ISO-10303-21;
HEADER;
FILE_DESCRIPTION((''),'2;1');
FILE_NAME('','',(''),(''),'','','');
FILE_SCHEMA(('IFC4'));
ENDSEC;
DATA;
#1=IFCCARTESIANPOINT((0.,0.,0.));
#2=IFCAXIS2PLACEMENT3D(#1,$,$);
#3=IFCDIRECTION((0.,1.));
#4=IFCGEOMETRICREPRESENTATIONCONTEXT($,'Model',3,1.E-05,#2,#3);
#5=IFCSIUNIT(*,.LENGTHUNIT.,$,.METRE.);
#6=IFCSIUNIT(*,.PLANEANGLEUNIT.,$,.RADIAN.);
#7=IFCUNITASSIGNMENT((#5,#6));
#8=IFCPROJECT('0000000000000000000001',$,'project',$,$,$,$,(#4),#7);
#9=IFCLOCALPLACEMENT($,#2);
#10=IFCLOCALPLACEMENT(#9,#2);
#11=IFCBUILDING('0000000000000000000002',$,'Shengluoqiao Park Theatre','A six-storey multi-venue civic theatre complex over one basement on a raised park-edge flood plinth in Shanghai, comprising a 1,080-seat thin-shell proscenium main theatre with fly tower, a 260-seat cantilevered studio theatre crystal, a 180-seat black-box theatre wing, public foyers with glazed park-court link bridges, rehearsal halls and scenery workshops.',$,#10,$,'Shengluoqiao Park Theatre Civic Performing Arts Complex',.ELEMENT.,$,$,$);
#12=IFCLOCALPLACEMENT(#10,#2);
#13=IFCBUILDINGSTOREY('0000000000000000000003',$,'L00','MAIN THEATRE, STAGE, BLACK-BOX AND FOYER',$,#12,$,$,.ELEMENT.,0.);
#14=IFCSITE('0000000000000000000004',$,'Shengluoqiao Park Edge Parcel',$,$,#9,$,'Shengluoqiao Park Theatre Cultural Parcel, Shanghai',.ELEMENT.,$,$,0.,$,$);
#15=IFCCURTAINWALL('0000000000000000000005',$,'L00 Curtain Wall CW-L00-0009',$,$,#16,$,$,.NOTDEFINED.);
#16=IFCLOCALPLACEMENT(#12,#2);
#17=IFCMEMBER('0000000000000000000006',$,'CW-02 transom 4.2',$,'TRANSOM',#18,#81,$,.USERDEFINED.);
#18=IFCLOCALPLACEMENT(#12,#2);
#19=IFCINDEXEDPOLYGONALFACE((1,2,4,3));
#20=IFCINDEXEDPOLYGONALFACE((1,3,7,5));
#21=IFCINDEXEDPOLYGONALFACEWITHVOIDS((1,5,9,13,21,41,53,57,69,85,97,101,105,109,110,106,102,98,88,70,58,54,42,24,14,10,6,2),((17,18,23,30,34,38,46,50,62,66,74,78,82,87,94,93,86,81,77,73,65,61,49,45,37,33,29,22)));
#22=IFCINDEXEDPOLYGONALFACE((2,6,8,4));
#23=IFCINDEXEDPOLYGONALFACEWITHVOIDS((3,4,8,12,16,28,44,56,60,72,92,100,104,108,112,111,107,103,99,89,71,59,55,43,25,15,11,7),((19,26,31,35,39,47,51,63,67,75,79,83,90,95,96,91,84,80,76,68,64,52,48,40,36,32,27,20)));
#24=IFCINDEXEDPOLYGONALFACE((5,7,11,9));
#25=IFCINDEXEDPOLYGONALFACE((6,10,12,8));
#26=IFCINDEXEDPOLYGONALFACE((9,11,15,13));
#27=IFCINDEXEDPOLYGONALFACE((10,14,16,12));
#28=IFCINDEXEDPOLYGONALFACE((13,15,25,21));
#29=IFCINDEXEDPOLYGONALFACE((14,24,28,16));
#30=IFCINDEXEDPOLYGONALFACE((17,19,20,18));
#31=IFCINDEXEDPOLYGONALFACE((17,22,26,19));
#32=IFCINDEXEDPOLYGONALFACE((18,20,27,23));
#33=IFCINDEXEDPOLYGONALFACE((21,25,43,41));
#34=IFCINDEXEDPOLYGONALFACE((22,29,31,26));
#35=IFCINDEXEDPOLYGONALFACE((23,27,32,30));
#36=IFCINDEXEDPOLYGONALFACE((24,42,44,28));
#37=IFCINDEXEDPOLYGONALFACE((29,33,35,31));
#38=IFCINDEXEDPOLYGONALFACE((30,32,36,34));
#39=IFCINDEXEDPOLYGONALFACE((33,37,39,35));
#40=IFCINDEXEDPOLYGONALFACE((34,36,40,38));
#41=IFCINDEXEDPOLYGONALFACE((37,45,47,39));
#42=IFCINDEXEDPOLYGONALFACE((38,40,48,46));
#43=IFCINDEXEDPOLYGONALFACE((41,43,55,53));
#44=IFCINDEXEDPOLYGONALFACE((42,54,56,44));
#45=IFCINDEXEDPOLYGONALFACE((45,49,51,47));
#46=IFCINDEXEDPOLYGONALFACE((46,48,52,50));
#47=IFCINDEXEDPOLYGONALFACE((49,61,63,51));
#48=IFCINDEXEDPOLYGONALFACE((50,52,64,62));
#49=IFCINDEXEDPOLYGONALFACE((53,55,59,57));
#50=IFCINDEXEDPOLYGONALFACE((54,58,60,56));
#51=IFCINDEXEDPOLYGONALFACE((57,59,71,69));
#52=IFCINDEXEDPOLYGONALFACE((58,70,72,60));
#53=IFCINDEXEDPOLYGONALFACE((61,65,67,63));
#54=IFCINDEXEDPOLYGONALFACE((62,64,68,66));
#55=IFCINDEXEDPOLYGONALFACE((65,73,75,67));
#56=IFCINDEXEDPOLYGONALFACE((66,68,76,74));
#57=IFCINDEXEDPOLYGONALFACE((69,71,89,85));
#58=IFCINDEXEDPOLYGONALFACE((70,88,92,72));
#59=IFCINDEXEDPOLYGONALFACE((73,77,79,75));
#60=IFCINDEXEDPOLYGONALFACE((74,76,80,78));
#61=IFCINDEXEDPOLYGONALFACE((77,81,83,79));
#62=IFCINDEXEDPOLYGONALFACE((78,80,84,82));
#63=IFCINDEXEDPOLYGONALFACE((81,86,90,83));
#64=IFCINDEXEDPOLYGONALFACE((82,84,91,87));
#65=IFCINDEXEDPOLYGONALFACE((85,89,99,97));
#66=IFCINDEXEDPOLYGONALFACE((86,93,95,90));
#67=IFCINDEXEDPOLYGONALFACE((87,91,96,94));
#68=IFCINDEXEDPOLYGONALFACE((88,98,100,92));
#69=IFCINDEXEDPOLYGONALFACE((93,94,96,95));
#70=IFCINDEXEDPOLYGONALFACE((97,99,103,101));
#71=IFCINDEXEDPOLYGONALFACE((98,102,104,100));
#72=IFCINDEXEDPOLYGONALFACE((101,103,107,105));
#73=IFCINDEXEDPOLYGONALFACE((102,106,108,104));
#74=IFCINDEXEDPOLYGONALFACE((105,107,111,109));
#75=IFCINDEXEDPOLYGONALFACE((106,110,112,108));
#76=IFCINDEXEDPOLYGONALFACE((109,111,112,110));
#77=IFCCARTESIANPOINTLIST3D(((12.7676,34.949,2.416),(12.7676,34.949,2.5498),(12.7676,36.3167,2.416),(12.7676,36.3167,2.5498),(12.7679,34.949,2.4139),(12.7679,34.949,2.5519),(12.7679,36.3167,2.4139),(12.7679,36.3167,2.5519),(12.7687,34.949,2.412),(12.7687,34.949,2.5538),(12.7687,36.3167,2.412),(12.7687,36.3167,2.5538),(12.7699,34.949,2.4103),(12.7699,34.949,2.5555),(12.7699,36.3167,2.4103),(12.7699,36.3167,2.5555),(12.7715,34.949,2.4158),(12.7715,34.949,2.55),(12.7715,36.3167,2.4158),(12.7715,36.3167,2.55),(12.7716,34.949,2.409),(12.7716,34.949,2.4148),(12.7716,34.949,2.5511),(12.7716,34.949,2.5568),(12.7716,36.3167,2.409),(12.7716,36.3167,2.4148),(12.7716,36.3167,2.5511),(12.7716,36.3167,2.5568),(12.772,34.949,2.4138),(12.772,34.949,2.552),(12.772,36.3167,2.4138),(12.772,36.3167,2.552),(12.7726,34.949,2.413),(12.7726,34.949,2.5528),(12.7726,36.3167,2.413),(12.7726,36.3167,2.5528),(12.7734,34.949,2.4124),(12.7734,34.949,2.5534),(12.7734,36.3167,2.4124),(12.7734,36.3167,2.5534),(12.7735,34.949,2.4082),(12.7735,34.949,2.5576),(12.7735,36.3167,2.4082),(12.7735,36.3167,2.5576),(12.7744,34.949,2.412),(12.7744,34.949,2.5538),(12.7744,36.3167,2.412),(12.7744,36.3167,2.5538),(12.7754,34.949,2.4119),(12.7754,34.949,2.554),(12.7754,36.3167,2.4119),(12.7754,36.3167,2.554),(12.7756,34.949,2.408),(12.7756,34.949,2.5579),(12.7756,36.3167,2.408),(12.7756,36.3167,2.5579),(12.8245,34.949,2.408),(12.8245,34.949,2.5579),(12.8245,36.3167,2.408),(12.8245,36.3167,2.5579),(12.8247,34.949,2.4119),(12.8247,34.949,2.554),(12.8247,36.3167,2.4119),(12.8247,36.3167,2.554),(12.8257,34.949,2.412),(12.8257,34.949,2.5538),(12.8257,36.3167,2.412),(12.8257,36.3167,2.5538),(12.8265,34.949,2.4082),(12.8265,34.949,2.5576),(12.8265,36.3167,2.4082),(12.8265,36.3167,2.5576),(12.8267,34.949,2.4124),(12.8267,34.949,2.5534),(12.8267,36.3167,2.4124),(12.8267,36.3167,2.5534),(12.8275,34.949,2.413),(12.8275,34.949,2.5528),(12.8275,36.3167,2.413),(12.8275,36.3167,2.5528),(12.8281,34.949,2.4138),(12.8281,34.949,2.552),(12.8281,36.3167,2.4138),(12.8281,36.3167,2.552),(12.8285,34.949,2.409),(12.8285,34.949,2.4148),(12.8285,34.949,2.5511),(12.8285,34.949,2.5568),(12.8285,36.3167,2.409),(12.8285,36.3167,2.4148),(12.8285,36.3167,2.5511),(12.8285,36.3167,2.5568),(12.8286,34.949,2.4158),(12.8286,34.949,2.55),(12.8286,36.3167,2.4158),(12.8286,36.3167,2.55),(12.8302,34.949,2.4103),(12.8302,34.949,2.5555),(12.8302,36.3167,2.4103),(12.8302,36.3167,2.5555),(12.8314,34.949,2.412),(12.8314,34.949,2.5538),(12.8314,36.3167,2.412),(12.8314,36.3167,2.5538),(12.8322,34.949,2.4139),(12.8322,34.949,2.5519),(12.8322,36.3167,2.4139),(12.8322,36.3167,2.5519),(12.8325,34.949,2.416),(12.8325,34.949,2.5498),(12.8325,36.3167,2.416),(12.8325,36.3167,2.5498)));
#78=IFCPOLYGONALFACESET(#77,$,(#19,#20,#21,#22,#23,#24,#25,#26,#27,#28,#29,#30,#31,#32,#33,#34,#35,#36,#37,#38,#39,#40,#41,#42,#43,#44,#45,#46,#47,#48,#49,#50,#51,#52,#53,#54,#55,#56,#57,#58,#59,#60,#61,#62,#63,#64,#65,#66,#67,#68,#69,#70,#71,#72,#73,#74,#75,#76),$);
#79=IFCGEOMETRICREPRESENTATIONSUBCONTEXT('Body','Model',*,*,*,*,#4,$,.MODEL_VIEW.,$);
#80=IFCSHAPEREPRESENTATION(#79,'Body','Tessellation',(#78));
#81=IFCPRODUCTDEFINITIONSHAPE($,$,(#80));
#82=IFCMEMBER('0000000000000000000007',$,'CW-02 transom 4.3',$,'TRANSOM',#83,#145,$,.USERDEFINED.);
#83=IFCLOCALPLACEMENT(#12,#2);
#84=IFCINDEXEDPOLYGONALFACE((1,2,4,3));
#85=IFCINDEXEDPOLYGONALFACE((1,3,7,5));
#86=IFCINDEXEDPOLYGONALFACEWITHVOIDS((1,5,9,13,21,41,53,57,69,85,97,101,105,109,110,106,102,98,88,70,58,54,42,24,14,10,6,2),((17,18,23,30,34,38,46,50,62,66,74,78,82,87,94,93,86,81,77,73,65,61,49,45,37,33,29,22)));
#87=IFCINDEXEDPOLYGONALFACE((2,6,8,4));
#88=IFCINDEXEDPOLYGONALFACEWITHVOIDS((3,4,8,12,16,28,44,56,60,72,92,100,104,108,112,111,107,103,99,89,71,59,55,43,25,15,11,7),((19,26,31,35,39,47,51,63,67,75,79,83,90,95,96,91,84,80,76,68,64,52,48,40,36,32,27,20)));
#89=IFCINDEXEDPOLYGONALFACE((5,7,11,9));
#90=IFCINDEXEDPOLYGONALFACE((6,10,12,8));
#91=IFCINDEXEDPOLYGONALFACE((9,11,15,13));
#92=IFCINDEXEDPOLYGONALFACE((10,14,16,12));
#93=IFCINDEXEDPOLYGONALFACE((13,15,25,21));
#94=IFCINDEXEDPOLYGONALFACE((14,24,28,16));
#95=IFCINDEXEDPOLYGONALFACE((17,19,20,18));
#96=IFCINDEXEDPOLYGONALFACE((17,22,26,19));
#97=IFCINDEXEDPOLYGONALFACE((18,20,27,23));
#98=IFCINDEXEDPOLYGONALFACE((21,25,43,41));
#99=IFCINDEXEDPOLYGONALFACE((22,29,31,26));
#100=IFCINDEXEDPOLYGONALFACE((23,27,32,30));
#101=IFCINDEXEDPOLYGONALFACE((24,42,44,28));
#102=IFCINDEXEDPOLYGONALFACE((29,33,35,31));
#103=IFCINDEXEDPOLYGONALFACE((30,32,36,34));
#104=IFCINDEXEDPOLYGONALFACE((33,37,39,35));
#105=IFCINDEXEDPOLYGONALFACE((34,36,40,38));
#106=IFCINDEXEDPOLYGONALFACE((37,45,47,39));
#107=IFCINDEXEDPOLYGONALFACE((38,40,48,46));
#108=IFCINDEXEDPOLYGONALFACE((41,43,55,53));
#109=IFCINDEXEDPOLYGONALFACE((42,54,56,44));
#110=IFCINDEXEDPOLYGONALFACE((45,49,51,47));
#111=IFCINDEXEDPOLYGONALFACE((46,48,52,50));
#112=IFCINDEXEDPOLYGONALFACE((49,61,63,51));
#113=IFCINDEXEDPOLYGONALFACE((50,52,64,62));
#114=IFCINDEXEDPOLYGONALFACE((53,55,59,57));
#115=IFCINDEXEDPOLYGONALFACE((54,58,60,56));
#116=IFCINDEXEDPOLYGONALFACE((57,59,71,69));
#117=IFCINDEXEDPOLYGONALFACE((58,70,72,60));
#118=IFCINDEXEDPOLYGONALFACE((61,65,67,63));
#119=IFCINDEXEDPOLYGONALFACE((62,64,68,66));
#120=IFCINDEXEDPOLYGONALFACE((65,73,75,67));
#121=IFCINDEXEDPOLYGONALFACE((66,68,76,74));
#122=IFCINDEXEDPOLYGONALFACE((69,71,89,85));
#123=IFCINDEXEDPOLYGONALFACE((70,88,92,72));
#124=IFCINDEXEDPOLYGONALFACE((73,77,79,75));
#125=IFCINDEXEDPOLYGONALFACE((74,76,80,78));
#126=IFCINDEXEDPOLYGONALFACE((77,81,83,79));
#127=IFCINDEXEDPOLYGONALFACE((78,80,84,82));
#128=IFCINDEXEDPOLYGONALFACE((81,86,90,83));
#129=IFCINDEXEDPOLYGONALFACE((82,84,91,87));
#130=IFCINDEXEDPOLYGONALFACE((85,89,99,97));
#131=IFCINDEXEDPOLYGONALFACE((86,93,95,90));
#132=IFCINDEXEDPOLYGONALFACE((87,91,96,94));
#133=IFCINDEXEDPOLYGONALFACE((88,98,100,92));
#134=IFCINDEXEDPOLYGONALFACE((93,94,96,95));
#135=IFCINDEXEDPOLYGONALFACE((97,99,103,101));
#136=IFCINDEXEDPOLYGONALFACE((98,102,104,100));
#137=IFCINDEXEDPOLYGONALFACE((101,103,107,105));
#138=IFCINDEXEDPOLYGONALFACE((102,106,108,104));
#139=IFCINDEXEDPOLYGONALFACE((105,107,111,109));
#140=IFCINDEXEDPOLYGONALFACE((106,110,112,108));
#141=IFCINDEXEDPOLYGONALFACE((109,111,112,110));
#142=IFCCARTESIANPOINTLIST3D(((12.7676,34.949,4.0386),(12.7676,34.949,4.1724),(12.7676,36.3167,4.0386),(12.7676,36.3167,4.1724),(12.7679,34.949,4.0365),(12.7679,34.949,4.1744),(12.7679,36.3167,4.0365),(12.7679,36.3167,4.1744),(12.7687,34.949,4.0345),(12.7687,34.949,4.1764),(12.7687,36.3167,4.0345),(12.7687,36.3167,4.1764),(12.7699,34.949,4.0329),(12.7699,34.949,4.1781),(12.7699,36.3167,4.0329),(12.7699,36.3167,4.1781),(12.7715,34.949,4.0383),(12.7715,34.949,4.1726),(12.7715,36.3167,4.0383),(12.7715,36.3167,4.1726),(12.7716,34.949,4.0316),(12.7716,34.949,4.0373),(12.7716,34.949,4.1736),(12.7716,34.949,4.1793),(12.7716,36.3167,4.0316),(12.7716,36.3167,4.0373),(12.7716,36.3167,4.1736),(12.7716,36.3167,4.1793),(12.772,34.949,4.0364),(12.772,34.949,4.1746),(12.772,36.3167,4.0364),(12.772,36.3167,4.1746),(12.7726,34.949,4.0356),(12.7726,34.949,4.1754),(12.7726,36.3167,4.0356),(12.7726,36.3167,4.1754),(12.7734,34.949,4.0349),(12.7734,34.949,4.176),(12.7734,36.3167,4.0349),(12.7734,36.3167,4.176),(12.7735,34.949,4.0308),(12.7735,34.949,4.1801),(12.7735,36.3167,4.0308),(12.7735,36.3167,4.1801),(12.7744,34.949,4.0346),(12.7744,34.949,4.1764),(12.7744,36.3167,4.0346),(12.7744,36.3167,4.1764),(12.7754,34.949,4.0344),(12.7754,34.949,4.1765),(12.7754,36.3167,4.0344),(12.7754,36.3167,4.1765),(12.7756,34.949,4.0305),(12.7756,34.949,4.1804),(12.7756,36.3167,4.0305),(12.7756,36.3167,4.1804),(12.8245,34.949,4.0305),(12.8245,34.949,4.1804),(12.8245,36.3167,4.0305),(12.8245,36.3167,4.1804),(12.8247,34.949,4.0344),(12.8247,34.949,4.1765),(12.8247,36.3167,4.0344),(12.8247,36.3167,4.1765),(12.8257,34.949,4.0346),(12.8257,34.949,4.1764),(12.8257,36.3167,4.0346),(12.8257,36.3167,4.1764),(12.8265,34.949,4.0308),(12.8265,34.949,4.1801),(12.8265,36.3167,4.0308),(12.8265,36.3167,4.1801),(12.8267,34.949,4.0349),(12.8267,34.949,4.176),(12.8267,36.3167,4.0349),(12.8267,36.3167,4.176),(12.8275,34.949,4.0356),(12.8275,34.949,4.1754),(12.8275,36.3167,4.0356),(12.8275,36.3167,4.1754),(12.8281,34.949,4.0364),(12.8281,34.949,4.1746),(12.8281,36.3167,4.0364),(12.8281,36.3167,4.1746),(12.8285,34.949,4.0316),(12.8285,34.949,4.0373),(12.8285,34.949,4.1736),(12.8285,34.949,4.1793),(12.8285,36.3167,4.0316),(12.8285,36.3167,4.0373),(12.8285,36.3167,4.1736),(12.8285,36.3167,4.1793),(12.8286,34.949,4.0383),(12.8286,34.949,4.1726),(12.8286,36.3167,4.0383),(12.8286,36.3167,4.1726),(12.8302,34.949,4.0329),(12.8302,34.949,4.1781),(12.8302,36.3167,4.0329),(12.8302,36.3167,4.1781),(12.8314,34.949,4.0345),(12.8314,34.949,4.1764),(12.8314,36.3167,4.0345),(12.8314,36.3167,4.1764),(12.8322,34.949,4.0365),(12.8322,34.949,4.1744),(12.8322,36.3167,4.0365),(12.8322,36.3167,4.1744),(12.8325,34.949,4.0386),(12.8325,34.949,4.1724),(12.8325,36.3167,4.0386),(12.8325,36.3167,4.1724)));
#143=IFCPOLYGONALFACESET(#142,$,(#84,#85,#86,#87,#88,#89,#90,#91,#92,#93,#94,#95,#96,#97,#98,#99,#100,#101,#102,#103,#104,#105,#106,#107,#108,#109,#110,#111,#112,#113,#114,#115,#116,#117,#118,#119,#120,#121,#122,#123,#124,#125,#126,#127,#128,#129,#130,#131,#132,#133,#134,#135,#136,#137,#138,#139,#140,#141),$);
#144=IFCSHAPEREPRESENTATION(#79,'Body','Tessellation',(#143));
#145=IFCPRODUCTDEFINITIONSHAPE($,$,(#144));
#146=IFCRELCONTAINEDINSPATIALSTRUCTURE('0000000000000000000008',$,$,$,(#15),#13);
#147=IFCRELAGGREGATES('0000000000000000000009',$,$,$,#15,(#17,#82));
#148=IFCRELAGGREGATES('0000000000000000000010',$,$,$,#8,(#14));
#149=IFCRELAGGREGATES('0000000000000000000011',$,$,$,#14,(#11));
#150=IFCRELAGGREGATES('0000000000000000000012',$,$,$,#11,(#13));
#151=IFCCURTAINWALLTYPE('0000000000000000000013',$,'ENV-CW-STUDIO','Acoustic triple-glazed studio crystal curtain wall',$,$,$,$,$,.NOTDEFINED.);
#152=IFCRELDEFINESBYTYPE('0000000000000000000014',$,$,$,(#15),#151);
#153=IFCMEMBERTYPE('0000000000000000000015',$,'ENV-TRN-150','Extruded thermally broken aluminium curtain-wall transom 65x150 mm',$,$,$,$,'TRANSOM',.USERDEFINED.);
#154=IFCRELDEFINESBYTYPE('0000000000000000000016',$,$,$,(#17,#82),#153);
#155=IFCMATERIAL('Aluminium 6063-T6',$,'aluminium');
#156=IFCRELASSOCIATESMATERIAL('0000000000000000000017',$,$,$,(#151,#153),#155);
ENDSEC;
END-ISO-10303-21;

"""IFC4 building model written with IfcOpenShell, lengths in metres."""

from ifc_helpers import new_model, si_unit, direction, frame, origin, origin_2d, place, context, subcontext, project, spatial, hollow_rectangle, extrude, material, material_profile, profile_set, type_object, element, aggregate, save


model = new_model("IFC4")

# Units and contexts
model_context = context("Model", 3, precision=1e-05, world=origin(), true_north=direction((0.0, 1.0)))
body_context = subcontext(model_context, "Body", "Model", "MODEL_VIEW")
ifc_project = project(units=[si_unit("LENGTHUNIT", "METRE"), si_unit("PLANEANGLEUNIT", "RADIAN")], contexts=[model_context])

# Site, building, storey
site_placement = place(None, origin())
site = spatial("IfcSite", under=ifc_project, at=site_placement, Name="Shengluoqiao Park Edge Parcel", LongName="Shengluoqiao Park Theatre Cultural Parcel, Shanghai", CompositionType="ELEMENT", RefElevation=0.0)
building_placement = place(site_placement, origin())
building = spatial("IfcBuilding", under=site, at=building_placement, Name="Shengluoqiao Park Theatre", Description="A six-storey multi-venue civic theatre complex over one basement on a raised park-edge flood plinth in Shanghai, comprising a 1,080-seat thin-shell proscenium main theatre with fly tower, a 260-seat cantilevered studio theatre crystal, a 180-seat black-box theatre wing, public foyers with glazed park-court link bridges, rehearsal halls and scenery workshops.", LongName="Shengluoqiao Park Theatre Civic Performing Arts Complex", CompositionType="ELEMENT")
storey_placement = place(building_placement, origin())
storey = spatial("IfcBuildingStorey", under=building, at=storey_placement, Name="L00", Description="MAIN THEATRE, STAGE, BLACK-BOX AND FOYER", CompositionType="ELEMENT", Elevation=0.0)

# Curtain wall, members
ifc_material_1 = material(Name="Aluminium 6063-T6", Category="aluminium")
curtain_wall_type = type_object("IfcCurtainWallType", Name="ENV-CW-STUDIO", Description="Acoustic triple-glazed studio crystal curtain wall", PredefinedType="NOTDEFINED", material=ifc_material_1)
curtain_wall_placement = place(storey_placement, origin())
curtain_wall = element("IfcCurtainWall", 1, at=curtain_wall_placement, inside=storey, type_object=curtain_wall_type, Name="L00 Curtain Wall CW-L00-0009", PredefinedType="NOTDEFINED")
ifc_material_profile_1 = material_profile(ifc_material_1, hollow_rectangle(XDim=0.0649, YDim=0.1499, WallThickness=0.0039, InnerFilletRadius=0.0039, OuterFilletRadius=0.0081, at=origin_2d()), Name="ALU TRANSOM 150x65x4")
ifc_profile_set_1 = profile_set([ifc_material_profile_1], Name="Aluminium 6063-T6")
member_type_1 = type_object("IfcMemberType", Name="ENV-TRN-150", Description="Extruded thermally broken aluminium curtain-wall transom 65x150 mm", ElementType="TRANSOM", PredefinedType="USERDEFINED", material=ifc_profile_set_1)
member_1_placement = place(storey_placement, frame((12.8, 34.949, 2.4829), z_axis=(0.0, 1.0, 0.0), x_axis=(-1.0, 0.0, 0.0)))
member_1 = element("IfcMember", 2, at=member_1_placement, type_object=member_type_1, Name="CW-02 transom 4.2", ObjectType="TRANSOM", PredefinedType="USERDEFINED", context=body_context, shape_type="SweptSolid", body=[
    extrude(hollow_rectangle(XDim=0.0649, YDim=0.1499, WallThickness=0.0039, InnerFilletRadius=0.0039, OuterFilletRadius=0.0081, at=origin_2d()), origin(), (0.0, 0.0, 1.0), 1.3677),
])
member_2_placement = place(storey_placement, frame((12.8, 34.949, 4.1055), z_axis=(0.0, 1.0, 0.0), x_axis=(-1.0, 0.0, 0.0)))
member_2 = element("IfcMember", 3, at=member_2_placement, type_object=member_type_1, Name="CW-02 transom 4.3", ObjectType="TRANSOM", PredefinedType="USERDEFINED", context=body_context, shape_type="SweptSolid", body=[
    extrude(hollow_rectangle(XDim=0.0649, YDim=0.1499, WallThickness=0.0039, InnerFilletRadius=0.0039, OuterFilletRadius=0.0081, at=origin_2d()), origin(), (0.0, 0.0, 1.0), 1.3677),
])
aggregate(curtain_wall, [member_1, member_2])

save(model, "model.ifc")
